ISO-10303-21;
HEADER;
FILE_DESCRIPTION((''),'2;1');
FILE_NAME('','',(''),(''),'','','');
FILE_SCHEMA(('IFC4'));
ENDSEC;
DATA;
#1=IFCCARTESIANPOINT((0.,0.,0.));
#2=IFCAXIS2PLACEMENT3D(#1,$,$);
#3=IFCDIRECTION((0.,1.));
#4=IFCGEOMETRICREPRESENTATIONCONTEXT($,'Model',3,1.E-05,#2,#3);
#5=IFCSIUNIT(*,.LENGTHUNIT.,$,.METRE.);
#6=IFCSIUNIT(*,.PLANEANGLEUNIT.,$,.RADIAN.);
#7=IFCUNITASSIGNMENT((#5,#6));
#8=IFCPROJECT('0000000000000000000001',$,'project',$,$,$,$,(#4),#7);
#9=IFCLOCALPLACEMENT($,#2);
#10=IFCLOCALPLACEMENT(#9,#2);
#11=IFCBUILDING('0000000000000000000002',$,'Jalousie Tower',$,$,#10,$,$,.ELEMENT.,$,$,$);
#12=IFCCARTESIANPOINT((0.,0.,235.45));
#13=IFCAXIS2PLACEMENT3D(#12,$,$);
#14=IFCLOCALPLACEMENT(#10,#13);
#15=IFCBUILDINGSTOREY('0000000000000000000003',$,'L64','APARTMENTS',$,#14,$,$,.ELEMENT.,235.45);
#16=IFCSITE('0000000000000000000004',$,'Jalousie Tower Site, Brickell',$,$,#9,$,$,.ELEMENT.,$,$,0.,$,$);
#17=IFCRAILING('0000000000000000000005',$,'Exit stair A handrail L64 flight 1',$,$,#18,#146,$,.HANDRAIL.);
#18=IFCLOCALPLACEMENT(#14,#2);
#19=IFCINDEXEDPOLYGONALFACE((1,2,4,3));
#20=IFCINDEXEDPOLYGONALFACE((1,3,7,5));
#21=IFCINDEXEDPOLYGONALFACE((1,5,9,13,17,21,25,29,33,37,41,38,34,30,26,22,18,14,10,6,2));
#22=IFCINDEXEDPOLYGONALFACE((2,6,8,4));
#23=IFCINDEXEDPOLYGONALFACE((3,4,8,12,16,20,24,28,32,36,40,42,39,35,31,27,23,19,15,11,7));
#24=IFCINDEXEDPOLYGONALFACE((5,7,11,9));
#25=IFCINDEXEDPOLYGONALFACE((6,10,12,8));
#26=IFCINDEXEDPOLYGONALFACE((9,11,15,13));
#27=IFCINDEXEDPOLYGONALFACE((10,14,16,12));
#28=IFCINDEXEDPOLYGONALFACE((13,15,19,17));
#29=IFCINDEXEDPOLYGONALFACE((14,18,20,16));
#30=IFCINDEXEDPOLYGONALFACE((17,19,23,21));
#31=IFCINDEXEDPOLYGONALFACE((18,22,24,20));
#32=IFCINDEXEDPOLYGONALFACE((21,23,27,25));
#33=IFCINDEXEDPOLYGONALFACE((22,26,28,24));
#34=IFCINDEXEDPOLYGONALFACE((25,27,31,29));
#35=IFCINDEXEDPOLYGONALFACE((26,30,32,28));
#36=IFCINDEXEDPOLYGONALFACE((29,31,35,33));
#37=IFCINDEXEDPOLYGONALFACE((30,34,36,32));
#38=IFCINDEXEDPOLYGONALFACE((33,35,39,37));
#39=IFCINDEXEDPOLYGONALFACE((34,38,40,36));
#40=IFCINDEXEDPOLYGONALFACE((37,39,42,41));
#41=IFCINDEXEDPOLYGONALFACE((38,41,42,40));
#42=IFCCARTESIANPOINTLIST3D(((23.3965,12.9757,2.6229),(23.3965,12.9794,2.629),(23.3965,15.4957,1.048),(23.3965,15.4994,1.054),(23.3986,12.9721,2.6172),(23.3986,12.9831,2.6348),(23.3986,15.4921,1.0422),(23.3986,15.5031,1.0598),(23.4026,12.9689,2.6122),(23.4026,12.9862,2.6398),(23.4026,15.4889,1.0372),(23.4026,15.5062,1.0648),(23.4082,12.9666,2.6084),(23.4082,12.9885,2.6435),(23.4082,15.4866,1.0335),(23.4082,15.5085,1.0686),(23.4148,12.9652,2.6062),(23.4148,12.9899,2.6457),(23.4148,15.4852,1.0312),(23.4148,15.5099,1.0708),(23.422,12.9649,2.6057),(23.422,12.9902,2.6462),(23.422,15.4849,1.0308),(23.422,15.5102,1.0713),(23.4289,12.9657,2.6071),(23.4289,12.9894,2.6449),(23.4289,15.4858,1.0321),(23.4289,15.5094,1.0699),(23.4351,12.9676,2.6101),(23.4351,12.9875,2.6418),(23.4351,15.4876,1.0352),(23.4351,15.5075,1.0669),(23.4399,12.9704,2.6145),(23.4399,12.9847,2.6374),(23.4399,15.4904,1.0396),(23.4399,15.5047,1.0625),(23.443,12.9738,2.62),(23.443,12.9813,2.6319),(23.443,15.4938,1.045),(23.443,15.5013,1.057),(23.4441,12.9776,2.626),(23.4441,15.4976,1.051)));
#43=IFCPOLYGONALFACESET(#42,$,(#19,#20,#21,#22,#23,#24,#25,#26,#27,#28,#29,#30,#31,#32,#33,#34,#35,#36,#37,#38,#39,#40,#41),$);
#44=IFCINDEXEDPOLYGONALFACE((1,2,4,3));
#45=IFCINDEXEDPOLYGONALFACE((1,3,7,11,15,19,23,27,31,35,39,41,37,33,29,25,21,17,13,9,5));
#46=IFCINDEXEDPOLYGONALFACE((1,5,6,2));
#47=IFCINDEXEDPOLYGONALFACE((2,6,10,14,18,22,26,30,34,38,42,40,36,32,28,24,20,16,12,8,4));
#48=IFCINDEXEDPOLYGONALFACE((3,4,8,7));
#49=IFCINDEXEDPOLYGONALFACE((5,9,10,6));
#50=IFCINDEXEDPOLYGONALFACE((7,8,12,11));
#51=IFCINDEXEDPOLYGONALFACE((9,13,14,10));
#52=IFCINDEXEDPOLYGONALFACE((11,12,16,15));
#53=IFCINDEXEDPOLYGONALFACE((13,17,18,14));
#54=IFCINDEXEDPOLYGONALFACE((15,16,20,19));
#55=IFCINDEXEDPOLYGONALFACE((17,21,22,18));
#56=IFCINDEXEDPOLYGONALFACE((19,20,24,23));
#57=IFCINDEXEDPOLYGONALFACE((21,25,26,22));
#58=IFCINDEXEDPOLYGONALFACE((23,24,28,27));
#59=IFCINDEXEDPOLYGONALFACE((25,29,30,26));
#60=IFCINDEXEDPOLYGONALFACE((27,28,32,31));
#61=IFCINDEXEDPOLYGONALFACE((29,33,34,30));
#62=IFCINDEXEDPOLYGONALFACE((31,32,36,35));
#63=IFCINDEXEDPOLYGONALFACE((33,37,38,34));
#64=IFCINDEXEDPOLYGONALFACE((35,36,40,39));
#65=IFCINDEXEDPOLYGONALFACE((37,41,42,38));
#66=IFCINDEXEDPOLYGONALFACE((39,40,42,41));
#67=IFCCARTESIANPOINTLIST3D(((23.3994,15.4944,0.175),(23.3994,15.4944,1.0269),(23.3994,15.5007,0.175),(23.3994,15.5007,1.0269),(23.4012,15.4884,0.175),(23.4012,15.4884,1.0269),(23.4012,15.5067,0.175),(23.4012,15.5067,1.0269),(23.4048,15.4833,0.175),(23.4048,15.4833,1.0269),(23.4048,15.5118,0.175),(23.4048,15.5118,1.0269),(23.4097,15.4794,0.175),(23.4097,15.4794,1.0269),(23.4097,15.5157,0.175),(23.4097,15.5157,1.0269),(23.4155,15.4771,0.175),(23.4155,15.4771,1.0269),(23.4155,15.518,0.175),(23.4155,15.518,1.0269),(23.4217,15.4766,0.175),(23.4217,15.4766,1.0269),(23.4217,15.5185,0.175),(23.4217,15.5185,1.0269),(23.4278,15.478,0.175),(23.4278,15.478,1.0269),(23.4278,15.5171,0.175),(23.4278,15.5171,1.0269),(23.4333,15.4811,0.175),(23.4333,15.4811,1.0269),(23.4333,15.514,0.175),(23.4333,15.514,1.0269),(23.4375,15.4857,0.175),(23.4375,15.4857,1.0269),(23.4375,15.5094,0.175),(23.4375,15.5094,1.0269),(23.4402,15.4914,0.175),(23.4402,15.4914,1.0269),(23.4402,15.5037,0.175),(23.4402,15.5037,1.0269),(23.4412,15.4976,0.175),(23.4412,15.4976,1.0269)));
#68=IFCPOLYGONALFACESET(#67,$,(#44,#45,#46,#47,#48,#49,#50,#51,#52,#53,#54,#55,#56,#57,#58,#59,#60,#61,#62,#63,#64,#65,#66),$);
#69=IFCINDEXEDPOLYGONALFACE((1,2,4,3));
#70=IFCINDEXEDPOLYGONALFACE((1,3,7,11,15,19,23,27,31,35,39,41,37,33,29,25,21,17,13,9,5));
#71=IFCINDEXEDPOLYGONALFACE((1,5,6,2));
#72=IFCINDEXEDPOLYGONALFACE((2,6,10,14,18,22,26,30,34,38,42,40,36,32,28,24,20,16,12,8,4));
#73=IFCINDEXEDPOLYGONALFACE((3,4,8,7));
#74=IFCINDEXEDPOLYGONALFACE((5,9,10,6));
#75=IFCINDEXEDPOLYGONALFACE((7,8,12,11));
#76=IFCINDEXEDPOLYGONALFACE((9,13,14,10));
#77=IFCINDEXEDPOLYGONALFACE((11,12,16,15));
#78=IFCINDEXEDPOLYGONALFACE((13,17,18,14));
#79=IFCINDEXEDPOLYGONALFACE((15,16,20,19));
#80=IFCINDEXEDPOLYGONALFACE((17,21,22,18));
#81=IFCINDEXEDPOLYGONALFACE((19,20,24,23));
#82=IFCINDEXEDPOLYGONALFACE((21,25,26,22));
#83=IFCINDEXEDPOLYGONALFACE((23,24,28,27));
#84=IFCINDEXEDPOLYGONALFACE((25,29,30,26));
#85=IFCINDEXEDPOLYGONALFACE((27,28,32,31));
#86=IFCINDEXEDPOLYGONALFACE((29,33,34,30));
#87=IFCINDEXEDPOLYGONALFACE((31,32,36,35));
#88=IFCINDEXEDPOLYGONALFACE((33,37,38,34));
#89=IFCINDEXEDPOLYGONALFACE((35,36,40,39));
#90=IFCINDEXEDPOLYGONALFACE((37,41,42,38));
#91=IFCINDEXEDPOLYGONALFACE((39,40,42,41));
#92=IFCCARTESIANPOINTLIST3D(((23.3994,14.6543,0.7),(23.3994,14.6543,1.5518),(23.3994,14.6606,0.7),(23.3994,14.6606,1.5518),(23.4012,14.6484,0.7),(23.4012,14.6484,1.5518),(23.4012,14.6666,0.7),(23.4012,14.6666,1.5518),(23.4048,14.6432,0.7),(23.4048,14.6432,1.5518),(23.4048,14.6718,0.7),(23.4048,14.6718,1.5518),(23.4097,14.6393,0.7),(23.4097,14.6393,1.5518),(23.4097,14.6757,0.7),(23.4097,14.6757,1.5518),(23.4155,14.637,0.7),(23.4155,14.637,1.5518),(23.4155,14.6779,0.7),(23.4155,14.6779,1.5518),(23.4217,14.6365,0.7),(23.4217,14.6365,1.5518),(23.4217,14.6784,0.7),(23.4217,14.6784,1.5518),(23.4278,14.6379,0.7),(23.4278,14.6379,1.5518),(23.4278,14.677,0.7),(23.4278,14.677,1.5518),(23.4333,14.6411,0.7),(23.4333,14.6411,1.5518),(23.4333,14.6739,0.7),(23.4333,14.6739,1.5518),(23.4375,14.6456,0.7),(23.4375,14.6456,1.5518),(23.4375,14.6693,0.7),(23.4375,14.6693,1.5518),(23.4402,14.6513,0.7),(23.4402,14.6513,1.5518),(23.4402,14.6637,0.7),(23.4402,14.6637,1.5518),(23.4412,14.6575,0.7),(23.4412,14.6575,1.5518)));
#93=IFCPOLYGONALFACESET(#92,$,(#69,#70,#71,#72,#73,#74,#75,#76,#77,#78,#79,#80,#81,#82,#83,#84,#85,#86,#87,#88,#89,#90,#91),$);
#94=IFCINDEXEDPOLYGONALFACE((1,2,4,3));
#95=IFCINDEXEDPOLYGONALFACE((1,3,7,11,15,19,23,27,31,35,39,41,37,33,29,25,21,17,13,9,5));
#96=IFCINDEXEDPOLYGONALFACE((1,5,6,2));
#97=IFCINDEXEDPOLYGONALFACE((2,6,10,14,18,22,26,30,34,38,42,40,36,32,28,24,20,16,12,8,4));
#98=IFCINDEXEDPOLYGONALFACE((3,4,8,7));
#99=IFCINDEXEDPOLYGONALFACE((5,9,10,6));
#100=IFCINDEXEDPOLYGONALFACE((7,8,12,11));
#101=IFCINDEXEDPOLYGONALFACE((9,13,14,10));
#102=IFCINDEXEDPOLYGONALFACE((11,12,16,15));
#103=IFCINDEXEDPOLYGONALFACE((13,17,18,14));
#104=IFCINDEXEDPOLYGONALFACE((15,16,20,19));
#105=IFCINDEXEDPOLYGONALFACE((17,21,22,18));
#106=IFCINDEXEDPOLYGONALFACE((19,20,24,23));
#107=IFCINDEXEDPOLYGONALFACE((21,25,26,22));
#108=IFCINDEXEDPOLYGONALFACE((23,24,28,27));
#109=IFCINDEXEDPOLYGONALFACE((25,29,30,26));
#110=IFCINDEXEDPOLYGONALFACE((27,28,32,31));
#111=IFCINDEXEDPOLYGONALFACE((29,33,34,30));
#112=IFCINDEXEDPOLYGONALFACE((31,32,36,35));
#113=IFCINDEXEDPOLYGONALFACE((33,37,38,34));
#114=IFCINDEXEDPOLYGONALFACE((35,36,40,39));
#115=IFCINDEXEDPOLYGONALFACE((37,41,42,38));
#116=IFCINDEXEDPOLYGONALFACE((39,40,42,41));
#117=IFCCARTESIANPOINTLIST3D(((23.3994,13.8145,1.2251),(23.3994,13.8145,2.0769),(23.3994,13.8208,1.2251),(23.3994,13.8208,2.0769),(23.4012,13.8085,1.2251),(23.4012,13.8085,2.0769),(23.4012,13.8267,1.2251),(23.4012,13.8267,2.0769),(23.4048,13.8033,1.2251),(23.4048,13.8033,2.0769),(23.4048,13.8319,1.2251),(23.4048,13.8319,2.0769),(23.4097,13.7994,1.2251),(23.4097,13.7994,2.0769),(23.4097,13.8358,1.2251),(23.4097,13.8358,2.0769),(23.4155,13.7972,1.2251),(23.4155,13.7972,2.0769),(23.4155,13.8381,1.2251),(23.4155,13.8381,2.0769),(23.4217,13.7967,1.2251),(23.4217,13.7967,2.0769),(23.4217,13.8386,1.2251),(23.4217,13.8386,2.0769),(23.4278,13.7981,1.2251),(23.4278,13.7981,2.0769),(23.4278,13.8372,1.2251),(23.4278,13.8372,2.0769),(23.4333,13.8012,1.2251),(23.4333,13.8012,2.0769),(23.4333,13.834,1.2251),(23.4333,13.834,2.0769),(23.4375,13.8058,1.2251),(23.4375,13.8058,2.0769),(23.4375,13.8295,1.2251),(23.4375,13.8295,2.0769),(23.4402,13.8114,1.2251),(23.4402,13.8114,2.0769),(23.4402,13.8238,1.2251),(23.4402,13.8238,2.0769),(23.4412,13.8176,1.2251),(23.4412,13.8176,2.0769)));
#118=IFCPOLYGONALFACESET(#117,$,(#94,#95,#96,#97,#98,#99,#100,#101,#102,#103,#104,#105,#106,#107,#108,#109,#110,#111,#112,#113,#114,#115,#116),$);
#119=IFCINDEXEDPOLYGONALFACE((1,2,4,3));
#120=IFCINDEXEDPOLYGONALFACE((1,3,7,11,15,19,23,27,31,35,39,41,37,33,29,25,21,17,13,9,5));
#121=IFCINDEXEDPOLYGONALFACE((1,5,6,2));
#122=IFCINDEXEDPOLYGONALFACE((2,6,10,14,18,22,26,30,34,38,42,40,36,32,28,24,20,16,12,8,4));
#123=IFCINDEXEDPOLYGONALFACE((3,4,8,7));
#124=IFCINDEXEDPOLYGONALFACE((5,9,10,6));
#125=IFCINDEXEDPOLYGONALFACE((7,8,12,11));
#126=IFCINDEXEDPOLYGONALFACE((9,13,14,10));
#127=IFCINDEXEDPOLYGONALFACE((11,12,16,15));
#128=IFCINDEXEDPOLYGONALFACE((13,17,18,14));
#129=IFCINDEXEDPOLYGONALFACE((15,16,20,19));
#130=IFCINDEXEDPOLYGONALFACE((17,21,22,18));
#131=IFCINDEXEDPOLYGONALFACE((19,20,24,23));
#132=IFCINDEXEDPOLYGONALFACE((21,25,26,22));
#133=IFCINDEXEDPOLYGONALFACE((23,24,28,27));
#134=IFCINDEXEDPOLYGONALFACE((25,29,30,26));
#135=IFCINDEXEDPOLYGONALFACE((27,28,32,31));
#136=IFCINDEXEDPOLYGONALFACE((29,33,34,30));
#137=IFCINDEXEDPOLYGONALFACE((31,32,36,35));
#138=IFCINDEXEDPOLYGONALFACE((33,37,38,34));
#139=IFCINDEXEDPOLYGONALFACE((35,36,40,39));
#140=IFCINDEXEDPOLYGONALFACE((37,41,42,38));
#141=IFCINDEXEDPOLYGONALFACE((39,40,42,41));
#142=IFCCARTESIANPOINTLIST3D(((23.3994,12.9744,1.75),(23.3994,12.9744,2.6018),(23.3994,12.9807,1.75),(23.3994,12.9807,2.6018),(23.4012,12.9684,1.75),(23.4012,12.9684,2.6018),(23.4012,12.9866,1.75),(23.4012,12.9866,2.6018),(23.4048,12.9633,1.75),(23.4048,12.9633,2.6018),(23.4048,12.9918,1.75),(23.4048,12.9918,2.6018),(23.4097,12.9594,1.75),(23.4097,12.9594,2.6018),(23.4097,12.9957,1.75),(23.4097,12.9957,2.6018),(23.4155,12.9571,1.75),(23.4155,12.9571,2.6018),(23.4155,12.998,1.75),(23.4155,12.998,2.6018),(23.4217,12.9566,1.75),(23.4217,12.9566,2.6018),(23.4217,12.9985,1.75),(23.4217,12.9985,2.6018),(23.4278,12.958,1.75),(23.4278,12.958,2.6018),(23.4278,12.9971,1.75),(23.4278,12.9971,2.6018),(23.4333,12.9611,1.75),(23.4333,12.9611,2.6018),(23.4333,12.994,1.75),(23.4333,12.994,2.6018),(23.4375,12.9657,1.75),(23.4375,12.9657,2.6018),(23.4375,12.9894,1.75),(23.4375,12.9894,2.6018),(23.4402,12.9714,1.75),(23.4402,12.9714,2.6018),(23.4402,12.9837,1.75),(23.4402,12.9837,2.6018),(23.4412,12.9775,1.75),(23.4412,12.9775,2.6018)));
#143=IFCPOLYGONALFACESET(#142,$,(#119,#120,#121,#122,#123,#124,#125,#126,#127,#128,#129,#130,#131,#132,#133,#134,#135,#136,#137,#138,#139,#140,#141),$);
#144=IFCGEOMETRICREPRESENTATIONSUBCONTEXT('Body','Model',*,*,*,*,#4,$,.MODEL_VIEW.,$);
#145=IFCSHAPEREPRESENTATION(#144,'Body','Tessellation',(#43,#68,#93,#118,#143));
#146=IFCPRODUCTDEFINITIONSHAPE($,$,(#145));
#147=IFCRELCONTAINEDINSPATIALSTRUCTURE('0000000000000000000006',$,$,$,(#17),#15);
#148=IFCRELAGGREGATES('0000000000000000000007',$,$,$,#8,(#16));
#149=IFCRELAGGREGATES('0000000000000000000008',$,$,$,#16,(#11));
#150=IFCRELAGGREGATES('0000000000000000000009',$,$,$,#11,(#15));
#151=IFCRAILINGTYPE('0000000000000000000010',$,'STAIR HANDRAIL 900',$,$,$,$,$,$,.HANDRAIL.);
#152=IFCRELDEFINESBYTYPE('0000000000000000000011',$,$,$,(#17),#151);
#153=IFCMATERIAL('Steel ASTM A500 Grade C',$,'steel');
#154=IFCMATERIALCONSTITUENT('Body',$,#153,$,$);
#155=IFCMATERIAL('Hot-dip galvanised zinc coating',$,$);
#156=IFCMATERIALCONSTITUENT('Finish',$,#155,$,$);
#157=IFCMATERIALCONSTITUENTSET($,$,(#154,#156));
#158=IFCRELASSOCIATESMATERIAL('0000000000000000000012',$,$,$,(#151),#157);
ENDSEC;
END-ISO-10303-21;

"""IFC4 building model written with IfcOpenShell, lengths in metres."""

from ifc_helpers import new_model, si_unit, direction, frame, origin, origin_2d, place, context, subcontext, project, spatial, circle, extrude, material, constituent, constituent_set, type_object, element, save


model = new_model("IFC4")

# Units and contexts
model_context = context("Model", 3, precision=1e-05, world=origin(), true_north=direction((0.0, 1.0)))
body_context = subcontext(model_context, "Body", "Model", "MODEL_VIEW")
ifc_project = project(units=[si_unit("LENGTHUNIT", "METRE"), si_unit("PLANEANGLEUNIT", "RADIAN")], contexts=[model_context])

# Site, building, storey
site_placement = place(None, origin())
site = spatial("IfcSite", under=ifc_project, at=site_placement, Name="Jalousie Tower Site, Brickell", CompositionType="ELEMENT", RefElevation=0.0)
building_placement = place(site_placement, origin())
building = spatial("IfcBuilding", under=site, at=building_placement, Name="Jalousie Tower", CompositionType="ELEMENT")
storey_placement = place(building_placement, frame((0.0, 0.0, 235.45)))
storey = spatial("IfcBuildingStorey", under=building, at=storey_placement, Name="L64", Description="APARTMENTS", CompositionType="ELEMENT", Elevation=235.45)

# Railing
ifc_material_1 = material(Name="Steel ASTM A500 Grade C", Category="steel")
ifc_constituent_1 = constituent(ifc_material_1, Name="Body")
ifc_material_2 = material(Name="Hot-dip galvanised zinc coating")
ifc_constituent_2 = constituent(ifc_material_2, Name="Finish")
ifc_constituent_set_1 = constituent_set(constituents=[ifc_constituent_1, ifc_constituent_2])
railing_type = type_object("IfcRailingType", Name="STAIR HANDRAIL 900", PredefinedType="HANDRAIL", material=ifc_constituent_set_1)
railing_placement = place(storey_placement, frame((23.4202, 15.4976, 0.175)))
element("IfcRailing", 1, at=railing_placement, inside=storey, type_object=railing_type, Name="Exit stair A handrail L64 flight 1", PredefinedType="HANDRAIL", context=body_context, shape_type="SweptSolid", body=[
    extrude(circle(Radius=0.0239, at=origin_2d()), frame((0.0, 0.0, 0.876), z_axis=(0.0, -0.848008, 0.529984), x_axis=(1.0, 0.0, 0.0)), (0.0, 0.0, 1.0), 2.9717),
    extrude(circle(Radius=0.021, at=origin_2d()), origin(), (0.0, 0.0, 1.0), 0.8518),
    extrude(circle(Radius=0.021, at=origin_2d()), frame((0.0, -0.8401, 0.5249)), (0.0, 0.0, 1.0), 0.8518),
    extrude(circle(Radius=0.021, at=origin_2d()), frame((0.0, -1.6799, 1.05)), (0.0, 0.0, 1.0), 0.8518),
    extrude(circle(Radius=0.021, at=origin_2d()), frame((0.0, -2.52, 1.575)), (0.0, 0.0, 1.0), 0.8518),
])

save(model, "model.ifc")
